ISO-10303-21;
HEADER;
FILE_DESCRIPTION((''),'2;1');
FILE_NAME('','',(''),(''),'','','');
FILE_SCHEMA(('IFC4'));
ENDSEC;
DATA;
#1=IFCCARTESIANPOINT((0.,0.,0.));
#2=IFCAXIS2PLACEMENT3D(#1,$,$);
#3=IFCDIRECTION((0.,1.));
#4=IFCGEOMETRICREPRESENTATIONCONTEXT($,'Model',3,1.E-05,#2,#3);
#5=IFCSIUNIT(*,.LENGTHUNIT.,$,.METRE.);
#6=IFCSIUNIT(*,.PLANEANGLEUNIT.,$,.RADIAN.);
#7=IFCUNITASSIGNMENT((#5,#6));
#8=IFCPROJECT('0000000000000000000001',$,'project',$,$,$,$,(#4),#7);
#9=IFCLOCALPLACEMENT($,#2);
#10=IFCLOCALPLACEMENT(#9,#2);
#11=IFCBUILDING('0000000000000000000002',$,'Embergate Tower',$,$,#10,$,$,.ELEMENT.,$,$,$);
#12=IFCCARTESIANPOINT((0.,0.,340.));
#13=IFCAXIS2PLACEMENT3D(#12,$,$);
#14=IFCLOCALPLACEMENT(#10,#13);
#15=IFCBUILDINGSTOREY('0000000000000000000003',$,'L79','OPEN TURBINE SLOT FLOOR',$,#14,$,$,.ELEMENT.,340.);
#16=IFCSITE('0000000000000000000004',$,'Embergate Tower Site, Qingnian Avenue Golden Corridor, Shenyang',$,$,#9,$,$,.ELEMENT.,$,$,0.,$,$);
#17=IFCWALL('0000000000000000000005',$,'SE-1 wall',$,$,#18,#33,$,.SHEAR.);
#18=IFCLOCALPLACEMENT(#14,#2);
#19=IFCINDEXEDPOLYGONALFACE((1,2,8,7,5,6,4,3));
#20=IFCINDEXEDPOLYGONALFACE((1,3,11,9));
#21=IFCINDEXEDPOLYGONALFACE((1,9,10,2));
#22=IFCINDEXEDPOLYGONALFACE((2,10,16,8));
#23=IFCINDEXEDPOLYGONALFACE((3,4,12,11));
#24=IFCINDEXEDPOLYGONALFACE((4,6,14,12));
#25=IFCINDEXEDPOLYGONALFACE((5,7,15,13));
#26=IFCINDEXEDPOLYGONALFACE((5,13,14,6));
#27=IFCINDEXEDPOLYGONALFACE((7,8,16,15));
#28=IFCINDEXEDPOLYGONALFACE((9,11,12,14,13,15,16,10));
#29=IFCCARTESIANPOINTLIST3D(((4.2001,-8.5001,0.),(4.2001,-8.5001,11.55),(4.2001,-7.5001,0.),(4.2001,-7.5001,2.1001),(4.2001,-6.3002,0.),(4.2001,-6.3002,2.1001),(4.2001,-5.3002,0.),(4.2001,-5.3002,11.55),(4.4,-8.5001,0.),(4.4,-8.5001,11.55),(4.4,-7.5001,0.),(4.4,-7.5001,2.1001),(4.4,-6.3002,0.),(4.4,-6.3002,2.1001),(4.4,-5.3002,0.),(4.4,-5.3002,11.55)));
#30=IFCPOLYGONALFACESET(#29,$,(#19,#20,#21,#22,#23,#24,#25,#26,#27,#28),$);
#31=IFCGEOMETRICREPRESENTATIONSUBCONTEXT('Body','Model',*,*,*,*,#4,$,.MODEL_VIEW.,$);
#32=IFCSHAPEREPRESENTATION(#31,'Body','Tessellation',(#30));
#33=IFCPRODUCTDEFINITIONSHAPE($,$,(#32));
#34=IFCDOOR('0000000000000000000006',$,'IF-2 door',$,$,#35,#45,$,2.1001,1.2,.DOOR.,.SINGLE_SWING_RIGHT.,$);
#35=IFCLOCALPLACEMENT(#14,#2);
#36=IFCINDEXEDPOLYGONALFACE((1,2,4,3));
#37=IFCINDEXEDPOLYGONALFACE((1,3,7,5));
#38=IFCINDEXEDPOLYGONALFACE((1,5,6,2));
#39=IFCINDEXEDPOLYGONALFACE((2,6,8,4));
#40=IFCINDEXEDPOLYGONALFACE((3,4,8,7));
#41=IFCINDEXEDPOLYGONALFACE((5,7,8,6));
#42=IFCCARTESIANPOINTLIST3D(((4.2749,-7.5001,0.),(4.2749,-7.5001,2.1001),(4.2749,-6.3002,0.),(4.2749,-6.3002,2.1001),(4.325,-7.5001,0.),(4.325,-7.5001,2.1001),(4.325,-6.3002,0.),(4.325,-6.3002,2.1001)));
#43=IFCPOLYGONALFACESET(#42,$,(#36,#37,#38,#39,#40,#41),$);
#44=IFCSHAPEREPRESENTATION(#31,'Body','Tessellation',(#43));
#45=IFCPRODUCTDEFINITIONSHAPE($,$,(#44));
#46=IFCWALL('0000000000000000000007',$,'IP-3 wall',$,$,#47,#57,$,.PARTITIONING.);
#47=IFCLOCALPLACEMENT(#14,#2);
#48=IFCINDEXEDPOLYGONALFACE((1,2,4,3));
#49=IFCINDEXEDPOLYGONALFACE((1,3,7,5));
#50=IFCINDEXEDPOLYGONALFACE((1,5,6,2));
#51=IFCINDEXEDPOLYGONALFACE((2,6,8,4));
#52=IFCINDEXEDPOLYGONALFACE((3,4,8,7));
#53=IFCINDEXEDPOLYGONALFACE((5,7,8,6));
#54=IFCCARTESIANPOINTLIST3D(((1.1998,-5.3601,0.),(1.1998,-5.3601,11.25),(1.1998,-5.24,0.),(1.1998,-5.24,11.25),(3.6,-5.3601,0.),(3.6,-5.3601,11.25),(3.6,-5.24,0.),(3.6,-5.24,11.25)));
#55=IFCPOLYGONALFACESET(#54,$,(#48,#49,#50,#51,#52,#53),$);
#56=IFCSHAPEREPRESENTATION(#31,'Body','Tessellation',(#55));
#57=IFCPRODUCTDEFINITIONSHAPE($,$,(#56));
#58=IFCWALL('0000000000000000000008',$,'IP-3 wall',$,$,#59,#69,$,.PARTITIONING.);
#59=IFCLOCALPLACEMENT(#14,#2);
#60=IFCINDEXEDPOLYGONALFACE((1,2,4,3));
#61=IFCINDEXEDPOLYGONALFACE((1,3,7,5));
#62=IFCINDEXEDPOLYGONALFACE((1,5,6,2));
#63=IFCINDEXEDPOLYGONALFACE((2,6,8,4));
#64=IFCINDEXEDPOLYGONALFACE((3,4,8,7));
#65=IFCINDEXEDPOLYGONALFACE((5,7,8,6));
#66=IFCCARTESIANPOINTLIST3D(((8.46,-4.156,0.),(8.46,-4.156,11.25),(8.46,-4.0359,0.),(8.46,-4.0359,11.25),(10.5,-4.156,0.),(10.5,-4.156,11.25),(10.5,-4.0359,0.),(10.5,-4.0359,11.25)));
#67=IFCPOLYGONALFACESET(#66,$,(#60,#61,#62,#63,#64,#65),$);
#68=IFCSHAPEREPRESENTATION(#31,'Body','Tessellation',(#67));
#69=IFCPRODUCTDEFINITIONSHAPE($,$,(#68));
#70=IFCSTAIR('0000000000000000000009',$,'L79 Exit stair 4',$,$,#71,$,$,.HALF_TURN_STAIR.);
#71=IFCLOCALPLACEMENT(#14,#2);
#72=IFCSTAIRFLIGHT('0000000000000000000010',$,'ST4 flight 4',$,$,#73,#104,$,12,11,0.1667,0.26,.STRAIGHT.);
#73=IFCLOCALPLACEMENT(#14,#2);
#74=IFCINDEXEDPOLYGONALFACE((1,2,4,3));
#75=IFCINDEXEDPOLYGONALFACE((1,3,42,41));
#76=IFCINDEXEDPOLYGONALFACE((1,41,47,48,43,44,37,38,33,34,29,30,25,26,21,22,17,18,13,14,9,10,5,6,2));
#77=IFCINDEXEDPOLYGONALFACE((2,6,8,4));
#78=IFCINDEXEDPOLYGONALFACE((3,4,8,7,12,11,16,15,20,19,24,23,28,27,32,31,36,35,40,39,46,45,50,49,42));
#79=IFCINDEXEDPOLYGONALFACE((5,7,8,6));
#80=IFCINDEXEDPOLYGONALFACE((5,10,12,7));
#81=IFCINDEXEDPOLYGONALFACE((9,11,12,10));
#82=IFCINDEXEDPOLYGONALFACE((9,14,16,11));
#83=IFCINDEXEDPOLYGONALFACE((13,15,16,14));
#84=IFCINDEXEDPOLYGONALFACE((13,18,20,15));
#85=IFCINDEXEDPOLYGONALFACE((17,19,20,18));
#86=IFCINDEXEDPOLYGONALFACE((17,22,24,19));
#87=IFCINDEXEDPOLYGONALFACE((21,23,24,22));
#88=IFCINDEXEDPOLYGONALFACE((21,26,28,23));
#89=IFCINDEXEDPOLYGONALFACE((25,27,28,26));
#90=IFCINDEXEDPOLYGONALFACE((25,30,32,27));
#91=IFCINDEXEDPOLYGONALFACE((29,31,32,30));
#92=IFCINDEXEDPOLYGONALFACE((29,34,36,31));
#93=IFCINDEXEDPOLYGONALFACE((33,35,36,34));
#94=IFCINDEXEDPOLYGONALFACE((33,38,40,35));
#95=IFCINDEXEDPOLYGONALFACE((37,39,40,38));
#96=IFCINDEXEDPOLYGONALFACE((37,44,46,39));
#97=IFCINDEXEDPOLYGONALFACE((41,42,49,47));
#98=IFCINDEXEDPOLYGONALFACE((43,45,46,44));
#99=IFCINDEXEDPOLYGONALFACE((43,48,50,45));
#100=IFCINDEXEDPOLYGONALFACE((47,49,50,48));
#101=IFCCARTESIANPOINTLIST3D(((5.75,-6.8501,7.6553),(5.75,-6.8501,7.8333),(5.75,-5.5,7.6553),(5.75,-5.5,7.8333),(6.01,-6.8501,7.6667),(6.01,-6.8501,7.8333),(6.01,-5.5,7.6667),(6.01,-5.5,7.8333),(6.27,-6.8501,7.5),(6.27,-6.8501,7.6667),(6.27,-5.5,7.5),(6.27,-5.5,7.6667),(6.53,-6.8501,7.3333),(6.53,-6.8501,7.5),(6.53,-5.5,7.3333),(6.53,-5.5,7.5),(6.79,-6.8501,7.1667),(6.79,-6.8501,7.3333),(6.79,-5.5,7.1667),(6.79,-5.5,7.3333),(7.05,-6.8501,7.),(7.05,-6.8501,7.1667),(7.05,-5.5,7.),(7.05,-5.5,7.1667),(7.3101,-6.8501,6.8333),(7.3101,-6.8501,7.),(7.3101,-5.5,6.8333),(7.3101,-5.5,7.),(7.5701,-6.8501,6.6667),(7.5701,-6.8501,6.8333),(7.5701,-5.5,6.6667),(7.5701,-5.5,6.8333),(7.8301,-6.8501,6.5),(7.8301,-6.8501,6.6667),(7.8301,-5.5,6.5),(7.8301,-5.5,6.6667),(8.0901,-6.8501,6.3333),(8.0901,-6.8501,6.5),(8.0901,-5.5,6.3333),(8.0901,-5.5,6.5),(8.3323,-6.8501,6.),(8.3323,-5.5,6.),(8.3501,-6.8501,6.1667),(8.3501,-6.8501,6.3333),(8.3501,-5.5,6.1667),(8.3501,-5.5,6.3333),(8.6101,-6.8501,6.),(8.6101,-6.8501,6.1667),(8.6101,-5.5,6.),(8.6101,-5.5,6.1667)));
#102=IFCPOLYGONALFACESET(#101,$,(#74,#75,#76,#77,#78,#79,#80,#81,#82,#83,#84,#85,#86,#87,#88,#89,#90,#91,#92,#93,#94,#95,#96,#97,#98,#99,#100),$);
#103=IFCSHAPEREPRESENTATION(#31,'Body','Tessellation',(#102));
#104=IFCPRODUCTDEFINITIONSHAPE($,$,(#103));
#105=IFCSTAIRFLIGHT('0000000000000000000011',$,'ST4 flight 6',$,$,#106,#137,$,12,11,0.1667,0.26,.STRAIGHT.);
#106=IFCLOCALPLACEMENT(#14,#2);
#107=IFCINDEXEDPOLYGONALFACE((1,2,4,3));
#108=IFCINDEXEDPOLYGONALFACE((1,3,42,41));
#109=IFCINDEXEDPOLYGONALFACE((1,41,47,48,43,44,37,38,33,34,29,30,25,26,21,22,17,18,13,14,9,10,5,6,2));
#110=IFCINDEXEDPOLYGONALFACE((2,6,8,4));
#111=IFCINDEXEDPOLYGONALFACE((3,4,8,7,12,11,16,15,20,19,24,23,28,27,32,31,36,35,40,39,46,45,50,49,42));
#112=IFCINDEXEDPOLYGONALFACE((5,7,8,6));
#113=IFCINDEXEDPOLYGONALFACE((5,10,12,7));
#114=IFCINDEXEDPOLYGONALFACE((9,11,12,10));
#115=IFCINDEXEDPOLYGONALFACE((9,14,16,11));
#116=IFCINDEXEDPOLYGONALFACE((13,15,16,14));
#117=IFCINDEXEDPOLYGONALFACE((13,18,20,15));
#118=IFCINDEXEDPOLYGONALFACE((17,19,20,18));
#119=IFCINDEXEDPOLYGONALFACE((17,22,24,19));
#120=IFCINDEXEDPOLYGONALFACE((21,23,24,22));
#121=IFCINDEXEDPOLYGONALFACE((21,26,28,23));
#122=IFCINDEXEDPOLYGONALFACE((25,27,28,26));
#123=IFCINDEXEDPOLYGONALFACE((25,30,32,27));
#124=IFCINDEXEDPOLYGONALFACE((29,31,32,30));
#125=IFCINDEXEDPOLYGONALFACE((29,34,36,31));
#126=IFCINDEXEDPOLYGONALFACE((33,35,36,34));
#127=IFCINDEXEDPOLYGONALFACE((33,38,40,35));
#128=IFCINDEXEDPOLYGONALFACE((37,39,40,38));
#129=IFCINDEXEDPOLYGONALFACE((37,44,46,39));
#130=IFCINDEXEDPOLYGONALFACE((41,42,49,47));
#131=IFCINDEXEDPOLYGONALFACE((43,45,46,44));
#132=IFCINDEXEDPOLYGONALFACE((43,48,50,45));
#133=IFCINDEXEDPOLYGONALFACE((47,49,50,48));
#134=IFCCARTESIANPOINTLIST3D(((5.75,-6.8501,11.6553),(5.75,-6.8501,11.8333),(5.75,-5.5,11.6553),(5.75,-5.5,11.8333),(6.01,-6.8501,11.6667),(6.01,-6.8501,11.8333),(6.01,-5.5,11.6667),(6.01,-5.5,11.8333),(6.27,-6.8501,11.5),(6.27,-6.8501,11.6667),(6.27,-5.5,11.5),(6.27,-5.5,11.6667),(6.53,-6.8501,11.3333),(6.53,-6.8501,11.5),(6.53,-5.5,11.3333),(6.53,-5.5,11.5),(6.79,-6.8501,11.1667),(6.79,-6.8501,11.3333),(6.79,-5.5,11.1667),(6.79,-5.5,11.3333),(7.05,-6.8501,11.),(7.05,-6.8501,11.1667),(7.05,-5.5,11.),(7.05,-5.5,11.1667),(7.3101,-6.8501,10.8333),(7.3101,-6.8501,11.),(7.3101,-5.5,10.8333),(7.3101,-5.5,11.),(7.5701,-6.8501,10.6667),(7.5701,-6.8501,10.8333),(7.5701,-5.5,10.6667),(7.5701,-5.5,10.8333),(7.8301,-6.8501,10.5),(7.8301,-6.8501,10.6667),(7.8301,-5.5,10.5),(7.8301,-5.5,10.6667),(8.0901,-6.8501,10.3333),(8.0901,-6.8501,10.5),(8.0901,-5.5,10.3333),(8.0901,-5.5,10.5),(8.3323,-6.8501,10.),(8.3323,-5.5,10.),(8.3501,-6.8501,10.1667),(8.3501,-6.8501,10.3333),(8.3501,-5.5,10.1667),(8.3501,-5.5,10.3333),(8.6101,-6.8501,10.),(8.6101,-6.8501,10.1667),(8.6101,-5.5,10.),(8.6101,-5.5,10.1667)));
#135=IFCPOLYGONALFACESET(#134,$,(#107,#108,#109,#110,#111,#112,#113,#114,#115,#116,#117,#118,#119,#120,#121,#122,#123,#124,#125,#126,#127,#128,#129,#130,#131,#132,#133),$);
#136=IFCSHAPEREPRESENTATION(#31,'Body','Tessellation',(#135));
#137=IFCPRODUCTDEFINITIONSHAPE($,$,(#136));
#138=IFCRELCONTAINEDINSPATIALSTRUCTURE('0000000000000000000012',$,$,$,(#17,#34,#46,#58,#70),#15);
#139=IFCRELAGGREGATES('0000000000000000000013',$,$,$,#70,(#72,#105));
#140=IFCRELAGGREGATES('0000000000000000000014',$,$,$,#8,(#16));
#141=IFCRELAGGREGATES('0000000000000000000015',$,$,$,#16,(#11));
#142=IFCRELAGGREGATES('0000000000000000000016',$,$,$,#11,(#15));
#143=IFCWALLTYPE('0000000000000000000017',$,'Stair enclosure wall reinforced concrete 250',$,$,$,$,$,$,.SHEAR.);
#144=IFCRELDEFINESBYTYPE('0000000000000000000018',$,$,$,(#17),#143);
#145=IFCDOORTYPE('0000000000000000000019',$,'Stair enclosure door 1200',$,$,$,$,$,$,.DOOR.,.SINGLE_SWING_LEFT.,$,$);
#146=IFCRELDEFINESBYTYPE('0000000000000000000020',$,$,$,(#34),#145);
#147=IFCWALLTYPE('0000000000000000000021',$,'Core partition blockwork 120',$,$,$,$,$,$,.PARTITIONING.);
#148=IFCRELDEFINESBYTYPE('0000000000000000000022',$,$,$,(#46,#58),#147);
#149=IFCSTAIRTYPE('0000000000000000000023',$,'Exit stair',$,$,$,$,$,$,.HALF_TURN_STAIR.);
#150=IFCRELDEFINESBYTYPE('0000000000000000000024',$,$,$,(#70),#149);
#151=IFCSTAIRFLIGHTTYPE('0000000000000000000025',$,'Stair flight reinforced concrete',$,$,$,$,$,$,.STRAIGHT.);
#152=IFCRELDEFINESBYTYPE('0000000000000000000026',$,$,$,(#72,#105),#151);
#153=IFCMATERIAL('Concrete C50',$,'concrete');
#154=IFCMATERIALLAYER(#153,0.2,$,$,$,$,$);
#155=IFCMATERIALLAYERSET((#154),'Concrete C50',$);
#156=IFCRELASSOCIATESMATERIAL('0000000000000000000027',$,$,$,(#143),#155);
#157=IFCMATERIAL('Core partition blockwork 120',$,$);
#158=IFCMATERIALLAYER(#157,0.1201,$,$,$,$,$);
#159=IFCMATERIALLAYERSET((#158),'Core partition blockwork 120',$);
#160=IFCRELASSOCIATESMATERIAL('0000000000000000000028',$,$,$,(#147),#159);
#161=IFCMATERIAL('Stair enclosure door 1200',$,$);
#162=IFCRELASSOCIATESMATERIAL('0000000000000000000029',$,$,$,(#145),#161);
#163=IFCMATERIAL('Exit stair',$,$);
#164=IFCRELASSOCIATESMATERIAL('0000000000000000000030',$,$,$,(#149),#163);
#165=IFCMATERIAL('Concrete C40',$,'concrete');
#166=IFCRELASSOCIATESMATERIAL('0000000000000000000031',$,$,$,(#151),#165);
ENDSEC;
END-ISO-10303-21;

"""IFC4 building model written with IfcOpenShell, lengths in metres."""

from ifc_helpers import new_model, si_unit, direction, frame, frame_2d, origin, place, context, subcontext, project, spatial, polyline, rectangle, outline, extrude, source, transform, mapped, material, layer, layer_set, type_object, element, fill, aggregate, save


model = new_model("IFC4")

# Units and contexts
model_context = context("Model", 3, precision=1e-05, world=origin(), true_north=direction((0.0, 1.0)))
body_context = subcontext(model_context, "Body", "Model", "MODEL_VIEW")
ifc_project = project(units=[si_unit("LENGTHUNIT", "METRE"), si_unit("PLANEANGLEUNIT", "RADIAN")], contexts=[model_context])

# Site, building, storey
site_placement = place(None, origin())
site = spatial("IfcSite", under=ifc_project, at=site_placement, Name="Embergate Tower Site, Qingnian Avenue Golden Corridor, Shenyang", CompositionType="ELEMENT", RefElevation=0.0)
building_placement = place(site_placement, origin())
building = spatial("IfcBuilding", under=site, at=building_placement, Name="Embergate Tower", CompositionType="ELEMENT")
storey_placement = place(building_placement, frame((0.0, 0.0, 340.0)))
storey = spatial("IfcBuildingStorey", under=building, at=storey_placement, Name="L79", Description="OPEN TURBINE SLOT FLOOR", CompositionType="ELEMENT", Elevation=340.0)

# Shared definitions
ifc_material_1 = material(Name="Concrete C50", Category="concrete")
ifc_layer_1 = layer(ifc_material_1, 0.2)
ifc_layer_set_1 = layer_set([ifc_layer_1], Name="Concrete C50")
wall_type_1 = type_object("IfcWallType", Name="Stair enclosure wall reinforced concrete 250", PredefinedType="SHEAR", material=ifc_layer_set_1)

# Shared definitions
ifc_material_2 = material(Name="Core partition blockwork 120")
ifc_layer_2 = layer(ifc_material_2, 0.1201)
ifc_layer_set_2 = layer_set([ifc_layer_2], Name="Core partition blockwork 120")
wall_type_2 = type_object("IfcWallType", Name="Core partition blockwork 120", PredefinedType="PARTITIONING", material=ifc_layer_set_2)

# Wall, opening, door
shared_shape_1 = source(origin(), body_context, "Body", "SweptSolid", [
    extrude(rectangle(XDim=3.2, YDim=0.2, at=frame_2d((1.6001, 0.0))), origin(), (0.0, 0.0, 1.0), 11.55),
])
wall_1_placement = place(storey_placement, frame((4.3, -5.3, 0.0), z_axis=(0.0, 0.0, 1.0), x_axis=(0.0, -1.0, 0.0)))
wall_1 = element("IfcWall", 1, at=wall_1_placement, inside=storey, type_object=wall_type_1, Name="SE-1 wall", PredefinedType="SHEAR", context=body_context, shape_type="MappedRepresentation", body=[
    mapped(shared_shape_1, transform((0.0, 0.0, 0.0))),
])
shared_shape_2 = source(origin(), body_context, "Body", "SweptSolid", [
    extrude(rectangle(XDim=1.2, YDim=2.1001, at=frame_2d((0.6001, 1.05))), frame((0.0, 0.1099, 0.0), z_axis=(0.0, -1.0, 0.0), x_axis=(1.0, 0.0, 0.0)), (0.0, 0.0, 1.0), 0.22),
])
opening_1_placement = place(wall_1_placement, frame((1.0, 0.0, 0.0)))
opening_1 = element("IfcOpeningElement", 2, at=opening_1_placement, cuts=wall_1, PredefinedType="OPENING", context=body_context, shape_type="MappedRepresentation", body=[
    mapped(shared_shape_2, transform((0.0, 0.0, 0.0))),
])
ifc_material_3 = material(Name="Stair enclosure door 1200")
door_type_1 = type_object("IfcDoorType", Name="Stair enclosure door 1200", OperationType="SINGLE_SWING_LEFT", PredefinedType="DOOR", material=ifc_material_3)
shared_shape_3 = source(origin(), body_context, "Body", "SweptSolid", [
    extrude(rectangle(XDim=1.2, YDim=2.1001, at=frame_2d((0.6001, 1.05))), frame((0.0, 0.0249, 0.0), z_axis=(0.0, -1.0, 0.0), x_axis=(1.0, 0.0, 0.0)), (0.0, 0.0, 1.0), 0.05),
])
door_1_placement = place(opening_1_placement, origin())
door_1 = element("IfcDoor", 3, at=door_1_placement, inside=storey, type_object=door_type_1, Name="IF-2 door", OperationType="SINGLE_SWING_RIGHT", OverallHeight=2.1001, OverallWidth=1.2, PredefinedType="DOOR", context=body_context, shape_type="MappedRepresentation", body=[
    mapped(shared_shape_3, transform((0.0, 0.0, 0.0))),
])
fill(opening_1, door_1)

# Walls
shared_shape_4 = source(origin(), body_context, "Body", "SweptSolid", [
    extrude(rectangle(XDim=2.4001, YDim=0.1201, at=frame_2d((1.2002, 0.0))), origin(), (0.0, 0.0, 1.0), 11.25),
])
wall_2_placement = place(storey_placement, frame((3.6001, -5.3, 0.0), z_axis=(0.0, 0.0, 1.0), x_axis=(-1.0, 0.0, 0.0)))
element("IfcWall", 4, at=wall_2_placement, inside=storey, type_object=wall_type_2, Name="IP-3 wall", PredefinedType="PARTITIONING", context=body_context, shape_type="MappedRepresentation", body=[
    mapped(shared_shape_4, transform((0.0, 0.0, 0.0))),
])
shared_shape_5 = source(origin(), body_context, "Body", "SweptSolid", [
    extrude(rectangle(XDim=2.04, YDim=0.1201, at=frame_2d((1.02, 0.0))), origin(), (0.0, 0.0, 1.0), 11.25),
])
wall_3_placement = place(storey_placement, frame((10.5, -4.0959, 0.0), z_axis=(0.0, 0.0, 1.0), x_axis=(-1.0, 0.0, 0.0)))
element("IfcWall", 5, at=wall_3_placement, inside=storey, type_object=wall_type_2, Name="IP-3 wall", PredefinedType="PARTITIONING", context=body_context, shape_type="MappedRepresentation", body=[
    mapped(shared_shape_5, transform((0.0, 0.0, 0.0))),
])

# Stair, stair flights
ifc_material_4 = material(Name="Exit stair")
stair_type = type_object("IfcStairType", Name="Exit stair", PredefinedType="HALF_TURN_STAIR", material=ifc_material_4)
stair_placement = place(storey_placement, origin())
stair = element("IfcStair", 6, at=stair_placement, inside=storey, type_object=stair_type, Name="L79 Exit stair 4", PredefinedType="HALF_TURN_STAIR")
ifc_material_5 = material(Name="Concrete C40", Category="concrete")
stair_flight_type = type_object("IfcStairFlightType", Name="Stair flight reinforced concrete", PredefinedType="STRAIGHT", material=ifc_material_5)
shared_shape_6 = source(origin(), body_context, "Body", "SweptSolid", [
    extrude(outline(polyline([(0.0, 0.0), (0.0, 0.1667), (0.26, 0.1667), (0.26, 0.3333), (0.52, 0.3333), (0.52, 0.5), (0.78, 0.5), (0.78, 0.6667), (1.04, 0.6667), (1.04, 0.8333), (1.3, 0.8333), (1.3, 1.0), (1.5601, 1.0), (1.5601, 1.1667), (1.8201, 1.1667), (1.8201, 1.3333), (2.0801, 1.3333), (2.0801, 1.5), (2.3401, 1.5), (2.3401, 1.6667), (2.6001, 1.6667), (2.6001, 1.8333), (2.8601, 1.8333), (2.8601, 2.0), (2.8601, 1.6553), (0.2778, 0.0), (0.0, 0.0)])), frame((0.0, 0.675, 0.0), z_axis=(0.0, -1.0, 0.0), x_axis=(1.0, 0.0, 0.0)), (0.0, 0.0, 1.0), 1.3501),
])
stair_flight_1_placement = place(storey_placement, frame((8.6101, -6.175, 6.0), z_axis=(0.0, 0.0, 1.0), x_axis=(-1.0, 0.0, 0.0)))
stair_flight_1 = element("IfcStairFlight", 7, at=stair_flight_1_placement, type_object=stair_flight_type, Name="ST4 flight 4", NumberOfRisers=12, NumberOfTreads=11, PredefinedType="STRAIGHT", RiserHeight=0.1667, TreadLength=0.26, context=body_context, shape_type="MappedRepresentation", body=[
    mapped(shared_shape_6, transform((0.0, 0.0, 0.0))),
])
stair_flight_2_placement = place(storey_placement, frame((8.6101, -6.175, 10.0), z_axis=(0.0, 0.0, 1.0), x_axis=(-1.0, 0.0, 0.0)))
stair_flight_2 = element("IfcStairFlight", 8, at=stair_flight_2_placement, type_object=stair_flight_type, Name="ST4 flight 6", NumberOfRisers=12, NumberOfTreads=11, PredefinedType="STRAIGHT", RiserHeight=0.1667, TreadLength=0.26, context=body_context, shape_type="MappedRepresentation", body=[
    mapped(shared_shape_6, transform((0.0, 0.0, 0.0))),
])
aggregate(stair, [stair_flight_1, stair_flight_2])

save(model, "model.ifc")
